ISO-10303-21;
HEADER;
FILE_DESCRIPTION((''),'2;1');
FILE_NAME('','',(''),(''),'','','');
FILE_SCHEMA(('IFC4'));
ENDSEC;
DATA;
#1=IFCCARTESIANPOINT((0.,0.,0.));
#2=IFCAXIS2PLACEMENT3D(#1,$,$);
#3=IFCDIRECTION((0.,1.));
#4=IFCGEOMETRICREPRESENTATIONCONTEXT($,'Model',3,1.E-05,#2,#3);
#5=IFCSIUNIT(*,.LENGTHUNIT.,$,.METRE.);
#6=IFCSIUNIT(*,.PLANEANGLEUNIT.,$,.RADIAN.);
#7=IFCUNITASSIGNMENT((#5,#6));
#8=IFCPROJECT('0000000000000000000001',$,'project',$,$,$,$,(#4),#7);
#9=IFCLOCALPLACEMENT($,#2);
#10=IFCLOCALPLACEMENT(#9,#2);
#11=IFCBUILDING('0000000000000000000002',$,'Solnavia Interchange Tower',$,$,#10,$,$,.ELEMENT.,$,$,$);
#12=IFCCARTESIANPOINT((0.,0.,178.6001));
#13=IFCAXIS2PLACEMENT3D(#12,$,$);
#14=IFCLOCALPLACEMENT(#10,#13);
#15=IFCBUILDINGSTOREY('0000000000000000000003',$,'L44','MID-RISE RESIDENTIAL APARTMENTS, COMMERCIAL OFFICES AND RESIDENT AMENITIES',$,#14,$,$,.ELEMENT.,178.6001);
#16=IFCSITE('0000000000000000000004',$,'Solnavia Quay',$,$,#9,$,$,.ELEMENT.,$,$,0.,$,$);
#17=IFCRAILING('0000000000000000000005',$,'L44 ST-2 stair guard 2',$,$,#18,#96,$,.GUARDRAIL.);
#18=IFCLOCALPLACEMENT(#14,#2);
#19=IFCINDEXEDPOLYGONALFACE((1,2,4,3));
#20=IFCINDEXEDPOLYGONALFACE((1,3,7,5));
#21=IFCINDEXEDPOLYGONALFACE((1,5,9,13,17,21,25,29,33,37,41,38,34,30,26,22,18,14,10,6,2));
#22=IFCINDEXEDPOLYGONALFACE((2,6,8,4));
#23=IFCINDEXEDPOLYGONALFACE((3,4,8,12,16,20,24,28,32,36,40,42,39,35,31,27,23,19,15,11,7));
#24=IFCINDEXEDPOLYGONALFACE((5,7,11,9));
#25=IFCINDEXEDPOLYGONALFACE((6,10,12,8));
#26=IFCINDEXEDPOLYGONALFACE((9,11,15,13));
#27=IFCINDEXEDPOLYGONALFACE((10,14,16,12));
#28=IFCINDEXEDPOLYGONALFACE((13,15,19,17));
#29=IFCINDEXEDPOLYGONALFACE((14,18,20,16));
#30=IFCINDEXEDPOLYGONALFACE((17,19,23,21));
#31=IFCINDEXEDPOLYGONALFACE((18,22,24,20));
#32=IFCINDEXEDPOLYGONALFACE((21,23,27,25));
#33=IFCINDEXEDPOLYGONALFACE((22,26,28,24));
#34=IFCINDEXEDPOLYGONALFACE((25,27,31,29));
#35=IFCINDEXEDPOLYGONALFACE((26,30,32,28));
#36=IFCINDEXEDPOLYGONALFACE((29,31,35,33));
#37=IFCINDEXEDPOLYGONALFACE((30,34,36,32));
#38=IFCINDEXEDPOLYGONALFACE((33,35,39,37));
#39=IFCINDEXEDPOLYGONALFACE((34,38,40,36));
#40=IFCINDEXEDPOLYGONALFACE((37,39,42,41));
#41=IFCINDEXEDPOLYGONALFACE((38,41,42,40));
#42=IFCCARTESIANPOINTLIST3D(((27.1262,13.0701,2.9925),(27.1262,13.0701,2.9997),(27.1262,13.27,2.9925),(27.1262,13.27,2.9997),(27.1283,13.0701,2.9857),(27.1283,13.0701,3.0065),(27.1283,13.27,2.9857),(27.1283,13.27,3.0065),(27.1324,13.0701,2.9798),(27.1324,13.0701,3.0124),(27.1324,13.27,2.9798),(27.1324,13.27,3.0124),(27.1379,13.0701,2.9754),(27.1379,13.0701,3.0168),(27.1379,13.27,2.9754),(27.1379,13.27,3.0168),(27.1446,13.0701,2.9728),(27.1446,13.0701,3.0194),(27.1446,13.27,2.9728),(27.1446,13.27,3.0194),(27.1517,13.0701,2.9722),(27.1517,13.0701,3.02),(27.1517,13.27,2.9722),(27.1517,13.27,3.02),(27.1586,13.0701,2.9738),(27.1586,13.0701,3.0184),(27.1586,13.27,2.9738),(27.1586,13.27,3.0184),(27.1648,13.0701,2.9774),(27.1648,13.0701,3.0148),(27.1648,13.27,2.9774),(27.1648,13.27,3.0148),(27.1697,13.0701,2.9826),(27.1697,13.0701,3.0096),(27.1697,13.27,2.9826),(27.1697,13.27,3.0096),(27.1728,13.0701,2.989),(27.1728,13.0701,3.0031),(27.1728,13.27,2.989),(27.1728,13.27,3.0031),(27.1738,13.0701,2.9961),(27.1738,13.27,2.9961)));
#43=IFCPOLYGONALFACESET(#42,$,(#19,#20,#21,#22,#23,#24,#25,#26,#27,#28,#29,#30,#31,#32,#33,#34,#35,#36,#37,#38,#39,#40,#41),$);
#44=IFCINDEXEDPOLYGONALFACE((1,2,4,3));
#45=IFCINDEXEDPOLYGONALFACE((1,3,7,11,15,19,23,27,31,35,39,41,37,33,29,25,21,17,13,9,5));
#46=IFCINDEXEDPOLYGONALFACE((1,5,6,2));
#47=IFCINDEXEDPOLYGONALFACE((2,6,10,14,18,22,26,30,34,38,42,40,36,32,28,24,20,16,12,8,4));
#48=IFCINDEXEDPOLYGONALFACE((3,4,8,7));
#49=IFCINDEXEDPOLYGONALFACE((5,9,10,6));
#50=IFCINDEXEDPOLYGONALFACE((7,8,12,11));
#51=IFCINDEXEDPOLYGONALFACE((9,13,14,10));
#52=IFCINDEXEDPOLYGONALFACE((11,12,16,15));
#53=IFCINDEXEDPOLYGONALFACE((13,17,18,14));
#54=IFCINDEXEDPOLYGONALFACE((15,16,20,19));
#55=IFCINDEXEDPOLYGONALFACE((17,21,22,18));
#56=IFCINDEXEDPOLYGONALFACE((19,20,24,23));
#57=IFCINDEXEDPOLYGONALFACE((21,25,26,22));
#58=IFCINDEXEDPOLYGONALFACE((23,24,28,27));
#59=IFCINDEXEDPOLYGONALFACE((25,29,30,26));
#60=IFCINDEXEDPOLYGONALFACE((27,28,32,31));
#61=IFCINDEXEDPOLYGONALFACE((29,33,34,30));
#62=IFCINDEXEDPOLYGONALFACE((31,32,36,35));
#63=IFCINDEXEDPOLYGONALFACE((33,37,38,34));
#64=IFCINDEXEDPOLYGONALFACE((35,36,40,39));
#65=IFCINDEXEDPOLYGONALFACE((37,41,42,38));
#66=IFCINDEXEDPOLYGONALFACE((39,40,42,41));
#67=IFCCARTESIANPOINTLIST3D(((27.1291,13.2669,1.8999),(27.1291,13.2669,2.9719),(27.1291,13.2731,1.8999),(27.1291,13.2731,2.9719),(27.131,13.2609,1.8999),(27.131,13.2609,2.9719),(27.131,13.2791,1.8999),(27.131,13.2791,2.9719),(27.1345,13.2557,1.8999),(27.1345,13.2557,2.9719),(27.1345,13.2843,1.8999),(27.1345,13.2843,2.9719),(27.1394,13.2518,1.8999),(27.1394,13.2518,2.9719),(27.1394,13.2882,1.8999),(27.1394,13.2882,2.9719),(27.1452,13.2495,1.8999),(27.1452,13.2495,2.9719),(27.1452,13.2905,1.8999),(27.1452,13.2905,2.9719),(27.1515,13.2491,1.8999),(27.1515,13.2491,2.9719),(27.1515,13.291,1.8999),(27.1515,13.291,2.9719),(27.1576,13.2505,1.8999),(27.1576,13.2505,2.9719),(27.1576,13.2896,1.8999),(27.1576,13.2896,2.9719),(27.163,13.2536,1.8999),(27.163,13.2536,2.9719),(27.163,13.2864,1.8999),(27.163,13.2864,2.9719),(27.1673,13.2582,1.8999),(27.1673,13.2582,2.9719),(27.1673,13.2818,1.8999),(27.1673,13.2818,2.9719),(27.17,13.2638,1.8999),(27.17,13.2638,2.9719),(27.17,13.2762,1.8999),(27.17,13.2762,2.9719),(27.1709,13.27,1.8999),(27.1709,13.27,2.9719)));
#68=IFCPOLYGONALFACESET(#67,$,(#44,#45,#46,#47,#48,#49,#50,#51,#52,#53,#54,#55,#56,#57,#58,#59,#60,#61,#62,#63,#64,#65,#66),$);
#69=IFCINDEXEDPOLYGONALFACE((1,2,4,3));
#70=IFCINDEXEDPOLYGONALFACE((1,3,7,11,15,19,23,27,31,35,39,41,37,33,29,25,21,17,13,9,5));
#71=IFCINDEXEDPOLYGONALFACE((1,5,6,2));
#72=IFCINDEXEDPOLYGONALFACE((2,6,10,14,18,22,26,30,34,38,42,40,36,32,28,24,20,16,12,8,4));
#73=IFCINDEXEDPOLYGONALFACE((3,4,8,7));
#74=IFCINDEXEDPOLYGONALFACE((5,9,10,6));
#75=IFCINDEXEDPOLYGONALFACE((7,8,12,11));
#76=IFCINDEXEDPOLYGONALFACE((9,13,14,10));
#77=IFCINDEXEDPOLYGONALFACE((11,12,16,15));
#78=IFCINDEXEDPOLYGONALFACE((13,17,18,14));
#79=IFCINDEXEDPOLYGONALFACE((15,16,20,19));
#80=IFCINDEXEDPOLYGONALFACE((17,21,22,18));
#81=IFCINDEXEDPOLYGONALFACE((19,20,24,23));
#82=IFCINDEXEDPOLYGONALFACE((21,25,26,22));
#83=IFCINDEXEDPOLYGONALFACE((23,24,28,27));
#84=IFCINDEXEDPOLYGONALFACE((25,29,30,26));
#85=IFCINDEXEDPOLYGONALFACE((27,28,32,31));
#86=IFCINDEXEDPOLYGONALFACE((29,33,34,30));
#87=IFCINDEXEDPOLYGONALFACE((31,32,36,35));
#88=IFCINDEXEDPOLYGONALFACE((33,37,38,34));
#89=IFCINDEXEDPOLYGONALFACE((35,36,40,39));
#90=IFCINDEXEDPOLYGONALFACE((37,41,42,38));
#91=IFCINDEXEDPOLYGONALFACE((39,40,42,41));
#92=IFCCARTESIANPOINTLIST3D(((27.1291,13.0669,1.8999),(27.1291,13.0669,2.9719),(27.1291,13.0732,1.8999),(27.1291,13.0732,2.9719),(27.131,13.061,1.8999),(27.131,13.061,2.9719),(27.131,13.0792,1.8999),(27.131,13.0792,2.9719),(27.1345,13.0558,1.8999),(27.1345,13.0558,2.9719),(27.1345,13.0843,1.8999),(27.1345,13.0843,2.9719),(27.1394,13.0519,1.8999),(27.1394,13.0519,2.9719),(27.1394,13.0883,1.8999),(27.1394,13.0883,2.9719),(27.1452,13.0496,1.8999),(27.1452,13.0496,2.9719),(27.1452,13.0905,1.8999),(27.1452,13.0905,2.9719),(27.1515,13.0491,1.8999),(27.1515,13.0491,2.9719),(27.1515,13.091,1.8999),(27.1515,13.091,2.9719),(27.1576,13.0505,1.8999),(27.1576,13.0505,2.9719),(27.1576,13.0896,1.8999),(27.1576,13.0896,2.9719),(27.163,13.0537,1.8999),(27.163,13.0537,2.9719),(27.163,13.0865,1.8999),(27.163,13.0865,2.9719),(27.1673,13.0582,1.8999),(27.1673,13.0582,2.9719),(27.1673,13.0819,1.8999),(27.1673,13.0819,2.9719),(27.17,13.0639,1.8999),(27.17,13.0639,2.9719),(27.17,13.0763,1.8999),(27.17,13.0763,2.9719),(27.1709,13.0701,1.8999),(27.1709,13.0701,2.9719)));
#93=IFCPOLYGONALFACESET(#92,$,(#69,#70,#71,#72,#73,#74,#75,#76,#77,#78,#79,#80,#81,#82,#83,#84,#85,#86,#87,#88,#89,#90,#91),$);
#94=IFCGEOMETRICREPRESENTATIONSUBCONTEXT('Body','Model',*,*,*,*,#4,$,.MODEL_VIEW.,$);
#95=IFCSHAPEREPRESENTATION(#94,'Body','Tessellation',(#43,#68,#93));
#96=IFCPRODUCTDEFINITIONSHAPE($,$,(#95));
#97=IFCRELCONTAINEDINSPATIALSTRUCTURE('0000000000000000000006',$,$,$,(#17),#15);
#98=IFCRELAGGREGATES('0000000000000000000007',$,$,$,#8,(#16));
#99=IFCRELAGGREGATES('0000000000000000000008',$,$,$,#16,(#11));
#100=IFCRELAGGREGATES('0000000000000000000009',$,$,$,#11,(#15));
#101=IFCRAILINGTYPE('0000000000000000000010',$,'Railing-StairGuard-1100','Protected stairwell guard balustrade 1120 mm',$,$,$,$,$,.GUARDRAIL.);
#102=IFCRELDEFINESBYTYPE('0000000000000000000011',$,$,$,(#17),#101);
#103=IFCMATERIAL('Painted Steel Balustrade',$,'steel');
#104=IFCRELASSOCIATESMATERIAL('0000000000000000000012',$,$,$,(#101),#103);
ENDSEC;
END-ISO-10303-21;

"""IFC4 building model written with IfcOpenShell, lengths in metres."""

from ifc_helpers import new_model, si_unit, direction, frame, origin, origin_2d, place, context, subcontext, project, spatial, circle, extrude, material, type_object, element, save


model = new_model("IFC4")

# Units and contexts
model_context = context("Model", 3, precision=1e-05, world=origin(), true_north=direction((0.0, 1.0)))
body_context = subcontext(model_context, "Body", "Model", "MODEL_VIEW")
ifc_project = project(units=[si_unit("LENGTHUNIT", "METRE"), si_unit("PLANEANGLEUNIT", "RADIAN")], contexts=[model_context])

# Site, building, storey
site_placement = place(None, origin())
site = spatial("IfcSite", under=ifc_project, at=site_placement, Name="Solnavia Quay", CompositionType="ELEMENT", RefElevation=0.0)
building_placement = place(site_placement, origin())
building = spatial("IfcBuilding", under=site, at=building_placement, Name="Solnavia Interchange Tower", CompositionType="ELEMENT")
storey_placement = place(building_placement, frame((0.0, 0.0, 178.6001)))
storey = spatial("IfcBuildingStorey", under=building, at=storey_placement, Name="L44", Description="MID-RISE RESIDENTIAL APARTMENTS, COMMERCIAL OFFICES AND RESIDENT AMENITIES", CompositionType="ELEMENT", Elevation=178.6001)

# Railing
ifc_material_1 = material(Name="Painted Steel Balustrade", Category="steel")
railing_type_1 = type_object("IfcRailingType", Name="Railing-StairGuard-1100", Description="Protected stairwell guard balustrade 1120 mm", PredefinedType="GUARDRAIL", material=ifc_material_1)
railing_1_placement = place(storey_placement, frame((27.1499, 13.27, 1.8999)))
element("IfcRailing", 1, at=railing_1_placement, inside=storey, type_object=railing_type_1, Name="L44 ST-2 stair guard 2", PredefinedType="GUARDRAIL", context=body_context, shape_type="SweptSolid", body=[
    extrude(circle(Radius=0.0239, at=origin_2d()), frame((0.0, 0.0, 1.0962), z_axis=(0.0, -1.0, 0.0), x_axis=(1.0, 0.0, 0.0)), (0.0, 0.0, 1.0), 0.2),
    extrude(circle(Radius=0.021, at=origin_2d()), origin(), (0.0, 0.0, 1.0), 1.072),
    extrude(circle(Radius=0.021, at=origin_2d()), frame((0.0, -0.2, 0.0)), (0.0, 0.0, 1.0), 1.072),
])

save(model, "model.ifc")
